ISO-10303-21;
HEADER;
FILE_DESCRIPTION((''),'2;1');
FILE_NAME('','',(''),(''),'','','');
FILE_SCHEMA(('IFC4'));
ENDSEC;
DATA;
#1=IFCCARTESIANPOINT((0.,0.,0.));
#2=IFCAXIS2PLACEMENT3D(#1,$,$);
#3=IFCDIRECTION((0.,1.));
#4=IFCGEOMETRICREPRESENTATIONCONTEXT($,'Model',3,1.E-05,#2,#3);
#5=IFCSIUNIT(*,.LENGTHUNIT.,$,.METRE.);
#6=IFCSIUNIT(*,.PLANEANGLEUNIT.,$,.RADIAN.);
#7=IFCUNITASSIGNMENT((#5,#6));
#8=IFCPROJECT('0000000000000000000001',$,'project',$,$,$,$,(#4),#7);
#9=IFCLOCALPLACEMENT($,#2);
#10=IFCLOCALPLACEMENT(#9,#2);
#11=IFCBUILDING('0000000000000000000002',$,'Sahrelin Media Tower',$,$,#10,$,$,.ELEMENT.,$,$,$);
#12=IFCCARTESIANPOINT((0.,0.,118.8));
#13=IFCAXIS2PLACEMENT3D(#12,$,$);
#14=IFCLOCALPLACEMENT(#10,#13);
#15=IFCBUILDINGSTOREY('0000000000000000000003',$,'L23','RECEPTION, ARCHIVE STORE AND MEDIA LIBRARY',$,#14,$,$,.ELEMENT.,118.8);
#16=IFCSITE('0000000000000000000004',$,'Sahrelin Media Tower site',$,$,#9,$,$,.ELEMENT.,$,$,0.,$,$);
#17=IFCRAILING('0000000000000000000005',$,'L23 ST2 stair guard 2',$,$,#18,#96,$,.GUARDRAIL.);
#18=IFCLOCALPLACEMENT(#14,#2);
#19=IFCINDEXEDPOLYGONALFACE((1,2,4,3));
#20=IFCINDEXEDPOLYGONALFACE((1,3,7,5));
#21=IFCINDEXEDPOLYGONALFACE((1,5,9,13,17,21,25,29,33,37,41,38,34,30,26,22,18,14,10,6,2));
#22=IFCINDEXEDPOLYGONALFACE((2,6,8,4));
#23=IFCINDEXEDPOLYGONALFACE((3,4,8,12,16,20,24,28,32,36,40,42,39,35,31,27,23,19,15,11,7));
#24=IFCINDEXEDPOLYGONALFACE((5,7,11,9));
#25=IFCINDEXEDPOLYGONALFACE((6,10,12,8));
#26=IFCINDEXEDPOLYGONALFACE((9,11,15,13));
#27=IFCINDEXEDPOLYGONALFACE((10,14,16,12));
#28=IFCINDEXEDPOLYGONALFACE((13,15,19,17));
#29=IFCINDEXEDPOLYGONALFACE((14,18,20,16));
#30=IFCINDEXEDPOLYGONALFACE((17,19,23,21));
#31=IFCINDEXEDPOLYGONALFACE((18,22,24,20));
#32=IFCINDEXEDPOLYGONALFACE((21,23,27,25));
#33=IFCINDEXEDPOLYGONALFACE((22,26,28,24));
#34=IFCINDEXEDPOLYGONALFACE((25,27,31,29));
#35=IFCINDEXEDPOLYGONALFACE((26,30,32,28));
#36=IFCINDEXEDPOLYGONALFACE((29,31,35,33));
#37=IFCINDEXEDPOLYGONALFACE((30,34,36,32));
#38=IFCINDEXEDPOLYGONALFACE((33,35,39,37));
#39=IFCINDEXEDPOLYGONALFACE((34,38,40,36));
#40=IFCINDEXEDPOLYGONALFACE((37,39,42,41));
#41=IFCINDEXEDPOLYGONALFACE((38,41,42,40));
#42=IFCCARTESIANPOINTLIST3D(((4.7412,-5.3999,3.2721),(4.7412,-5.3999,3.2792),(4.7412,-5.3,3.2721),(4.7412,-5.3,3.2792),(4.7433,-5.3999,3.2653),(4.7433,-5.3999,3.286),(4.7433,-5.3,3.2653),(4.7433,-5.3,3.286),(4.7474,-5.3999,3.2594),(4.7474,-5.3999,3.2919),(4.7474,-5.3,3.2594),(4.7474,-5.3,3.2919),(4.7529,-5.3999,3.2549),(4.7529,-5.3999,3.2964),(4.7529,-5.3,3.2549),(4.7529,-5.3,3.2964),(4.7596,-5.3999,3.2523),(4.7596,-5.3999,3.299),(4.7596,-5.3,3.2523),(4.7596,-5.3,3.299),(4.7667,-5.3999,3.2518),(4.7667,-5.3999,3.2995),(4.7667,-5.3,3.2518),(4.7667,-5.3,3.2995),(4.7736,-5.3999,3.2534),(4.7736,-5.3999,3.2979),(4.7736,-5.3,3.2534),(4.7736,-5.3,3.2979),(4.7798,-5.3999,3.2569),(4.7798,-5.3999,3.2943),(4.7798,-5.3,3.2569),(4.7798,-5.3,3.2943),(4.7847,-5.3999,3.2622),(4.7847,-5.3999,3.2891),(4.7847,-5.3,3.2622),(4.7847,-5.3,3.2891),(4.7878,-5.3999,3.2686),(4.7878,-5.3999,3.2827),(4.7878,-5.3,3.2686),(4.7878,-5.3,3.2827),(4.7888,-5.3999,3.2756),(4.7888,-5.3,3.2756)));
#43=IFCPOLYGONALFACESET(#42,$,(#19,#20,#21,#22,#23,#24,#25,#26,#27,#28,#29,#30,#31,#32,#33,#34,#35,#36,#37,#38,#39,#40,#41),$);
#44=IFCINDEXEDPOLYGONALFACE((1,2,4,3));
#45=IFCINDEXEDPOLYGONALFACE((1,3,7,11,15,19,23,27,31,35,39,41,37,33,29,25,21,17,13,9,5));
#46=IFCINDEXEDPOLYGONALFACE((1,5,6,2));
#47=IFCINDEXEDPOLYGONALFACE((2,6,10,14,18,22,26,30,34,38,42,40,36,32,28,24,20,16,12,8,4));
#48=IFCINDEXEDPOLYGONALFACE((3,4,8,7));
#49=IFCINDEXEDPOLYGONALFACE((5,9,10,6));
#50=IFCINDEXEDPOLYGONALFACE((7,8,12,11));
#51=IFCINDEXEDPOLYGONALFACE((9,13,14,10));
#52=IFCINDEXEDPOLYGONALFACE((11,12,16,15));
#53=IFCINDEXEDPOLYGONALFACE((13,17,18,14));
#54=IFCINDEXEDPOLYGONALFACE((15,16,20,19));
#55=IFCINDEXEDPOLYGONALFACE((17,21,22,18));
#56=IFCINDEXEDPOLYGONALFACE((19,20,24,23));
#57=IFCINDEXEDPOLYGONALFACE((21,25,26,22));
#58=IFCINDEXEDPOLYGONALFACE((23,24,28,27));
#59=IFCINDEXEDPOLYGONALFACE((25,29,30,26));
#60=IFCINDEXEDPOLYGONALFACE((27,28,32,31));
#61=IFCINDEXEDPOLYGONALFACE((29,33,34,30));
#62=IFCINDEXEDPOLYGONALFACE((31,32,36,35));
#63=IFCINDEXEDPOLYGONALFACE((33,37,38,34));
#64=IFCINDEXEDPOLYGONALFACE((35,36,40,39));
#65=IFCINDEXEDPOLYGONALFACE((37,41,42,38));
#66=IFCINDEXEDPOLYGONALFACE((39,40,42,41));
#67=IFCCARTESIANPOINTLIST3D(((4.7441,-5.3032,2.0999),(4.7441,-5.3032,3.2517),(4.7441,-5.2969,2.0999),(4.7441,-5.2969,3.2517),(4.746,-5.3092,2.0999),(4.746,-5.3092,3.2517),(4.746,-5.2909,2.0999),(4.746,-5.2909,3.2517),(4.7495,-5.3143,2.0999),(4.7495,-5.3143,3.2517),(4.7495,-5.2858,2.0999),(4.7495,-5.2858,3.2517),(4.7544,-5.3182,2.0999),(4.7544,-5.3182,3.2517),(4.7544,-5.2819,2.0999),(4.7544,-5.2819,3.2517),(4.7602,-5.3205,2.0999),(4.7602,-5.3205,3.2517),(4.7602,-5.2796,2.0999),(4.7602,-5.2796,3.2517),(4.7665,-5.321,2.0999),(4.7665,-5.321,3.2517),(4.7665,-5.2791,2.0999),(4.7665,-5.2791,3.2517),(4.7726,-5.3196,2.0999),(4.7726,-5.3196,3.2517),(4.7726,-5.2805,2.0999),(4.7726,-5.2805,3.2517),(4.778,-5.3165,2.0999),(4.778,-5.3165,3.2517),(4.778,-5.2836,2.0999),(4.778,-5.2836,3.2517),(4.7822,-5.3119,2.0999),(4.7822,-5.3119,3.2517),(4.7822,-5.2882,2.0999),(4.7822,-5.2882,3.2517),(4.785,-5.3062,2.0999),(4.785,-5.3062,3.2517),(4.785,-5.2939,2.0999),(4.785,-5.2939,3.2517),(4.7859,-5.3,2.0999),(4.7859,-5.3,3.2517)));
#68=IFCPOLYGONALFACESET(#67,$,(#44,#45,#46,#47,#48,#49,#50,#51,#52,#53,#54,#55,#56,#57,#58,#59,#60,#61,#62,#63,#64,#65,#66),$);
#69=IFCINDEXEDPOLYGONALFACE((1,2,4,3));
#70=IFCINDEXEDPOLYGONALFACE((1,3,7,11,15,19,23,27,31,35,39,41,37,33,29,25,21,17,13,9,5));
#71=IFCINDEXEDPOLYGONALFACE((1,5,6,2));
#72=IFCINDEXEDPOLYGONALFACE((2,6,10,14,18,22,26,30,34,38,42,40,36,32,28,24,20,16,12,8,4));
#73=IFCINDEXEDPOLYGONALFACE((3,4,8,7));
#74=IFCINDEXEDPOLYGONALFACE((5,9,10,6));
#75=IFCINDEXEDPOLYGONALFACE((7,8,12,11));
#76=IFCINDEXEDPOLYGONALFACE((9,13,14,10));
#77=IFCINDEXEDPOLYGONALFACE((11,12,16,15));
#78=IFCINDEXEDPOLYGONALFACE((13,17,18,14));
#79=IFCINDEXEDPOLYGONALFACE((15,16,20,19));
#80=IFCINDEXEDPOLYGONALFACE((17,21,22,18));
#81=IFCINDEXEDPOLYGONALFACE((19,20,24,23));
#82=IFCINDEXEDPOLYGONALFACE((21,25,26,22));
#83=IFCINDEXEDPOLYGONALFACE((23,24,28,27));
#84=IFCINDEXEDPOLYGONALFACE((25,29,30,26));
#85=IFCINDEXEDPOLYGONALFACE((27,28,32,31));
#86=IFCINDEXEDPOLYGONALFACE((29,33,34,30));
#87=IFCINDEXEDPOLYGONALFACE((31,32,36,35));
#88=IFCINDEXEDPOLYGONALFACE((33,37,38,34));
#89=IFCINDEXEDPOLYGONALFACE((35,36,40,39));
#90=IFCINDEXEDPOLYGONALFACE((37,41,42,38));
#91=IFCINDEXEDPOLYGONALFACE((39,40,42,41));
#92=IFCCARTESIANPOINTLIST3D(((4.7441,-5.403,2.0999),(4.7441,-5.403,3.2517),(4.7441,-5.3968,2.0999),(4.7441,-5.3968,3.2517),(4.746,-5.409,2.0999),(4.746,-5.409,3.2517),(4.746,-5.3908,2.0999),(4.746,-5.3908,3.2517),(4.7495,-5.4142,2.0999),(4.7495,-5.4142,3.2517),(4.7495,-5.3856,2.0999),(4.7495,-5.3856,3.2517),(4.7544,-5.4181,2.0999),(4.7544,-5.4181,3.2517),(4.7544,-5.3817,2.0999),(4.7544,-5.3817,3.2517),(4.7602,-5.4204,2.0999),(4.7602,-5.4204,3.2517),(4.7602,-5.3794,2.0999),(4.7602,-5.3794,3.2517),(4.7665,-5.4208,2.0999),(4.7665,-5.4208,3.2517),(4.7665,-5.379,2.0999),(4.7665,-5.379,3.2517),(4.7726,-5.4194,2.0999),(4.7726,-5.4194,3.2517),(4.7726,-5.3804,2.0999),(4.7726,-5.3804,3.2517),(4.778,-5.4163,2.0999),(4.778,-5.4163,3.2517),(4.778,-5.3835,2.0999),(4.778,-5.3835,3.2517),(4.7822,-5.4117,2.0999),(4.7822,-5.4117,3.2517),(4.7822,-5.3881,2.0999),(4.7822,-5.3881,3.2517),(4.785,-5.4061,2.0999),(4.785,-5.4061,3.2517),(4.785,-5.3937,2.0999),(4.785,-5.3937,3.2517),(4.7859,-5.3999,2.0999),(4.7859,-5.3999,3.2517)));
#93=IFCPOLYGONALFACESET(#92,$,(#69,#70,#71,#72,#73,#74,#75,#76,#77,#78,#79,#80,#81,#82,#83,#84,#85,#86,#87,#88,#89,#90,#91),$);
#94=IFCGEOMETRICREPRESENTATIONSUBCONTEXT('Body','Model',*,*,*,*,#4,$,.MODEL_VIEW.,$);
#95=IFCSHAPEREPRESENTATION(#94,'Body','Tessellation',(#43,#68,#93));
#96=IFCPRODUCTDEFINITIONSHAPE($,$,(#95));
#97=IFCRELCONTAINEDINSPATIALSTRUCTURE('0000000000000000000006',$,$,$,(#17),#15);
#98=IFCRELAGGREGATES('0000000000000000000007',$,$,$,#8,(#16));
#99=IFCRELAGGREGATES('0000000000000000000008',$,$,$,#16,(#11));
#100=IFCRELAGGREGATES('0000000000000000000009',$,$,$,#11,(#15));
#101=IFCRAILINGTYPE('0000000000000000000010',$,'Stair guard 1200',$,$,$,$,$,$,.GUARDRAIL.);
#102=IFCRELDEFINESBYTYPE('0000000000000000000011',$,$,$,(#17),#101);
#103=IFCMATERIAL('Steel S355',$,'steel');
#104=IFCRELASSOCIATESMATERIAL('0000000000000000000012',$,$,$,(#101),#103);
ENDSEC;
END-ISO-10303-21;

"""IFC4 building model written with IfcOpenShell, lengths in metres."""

from ifc_helpers import new_model, si_unit, direction, frame, origin, origin_2d, place, context, subcontext, project, spatial, circle, extrude, material, type_object, element, save


model = new_model("IFC4")

# Units and contexts
model_context = context("Model", 3, precision=1e-05, world=origin(), true_north=direction((0.0, 1.0)))
body_context = subcontext(model_context, "Body", "Model", "MODEL_VIEW")
ifc_project = project(units=[si_unit("LENGTHUNIT", "METRE"), si_unit("PLANEANGLEUNIT", "RADIAN")], contexts=[model_context])

# Site, building, storey
site_placement = place(None, origin())
site = spatial("IfcSite", under=ifc_project, at=site_placement, Name="Sahrelin Media Tower site", CompositionType="ELEMENT", RefElevation=0.0)
building_placement = place(site_placement, origin())
building = spatial("IfcBuilding", under=site, at=building_placement, Name="Sahrelin Media Tower", CompositionType="ELEMENT")
storey_placement = place(building_placement, frame((0.0, 0.0, 118.8)))
storey = spatial("IfcBuildingStorey", under=building, at=storey_placement, Name="L23", Description="RECEPTION, ARCHIVE STORE AND MEDIA LIBRARY", CompositionType="ELEMENT", Elevation=118.8)

# Shared definitions
ifc_material_1 = material(Name="Steel S355", Category="steel")

# Railing
railing_type_1 = type_object("IfcRailingType", Name="Stair guard 1200", PredefinedType="GUARDRAIL", material=ifc_material_1)
railing_1_placement = place(storey_placement, frame((4.7649, -5.3, 2.0999)))
element("IfcRailing", 1, at=railing_1_placement, inside=storey, type_object=railing_type_1, Name="L23 ST2 stair guard 2", PredefinedType="GUARDRAIL", context=body_context, shape_type="SweptSolid", body=[
    extrude(circle(Radius=0.0239, at=origin_2d()), frame((0.0, 0.0, 1.1758), z_axis=(0.0, -1.0, 0.0), x_axis=(1.0, 0.0, 0.0)), (0.0, 0.0, 1.0), 0.0999),
    extrude(circle(Radius=0.021, at=origin_2d()), origin(), (0.0, 0.0, 1.0), 1.1519),
    extrude(circle(Radius=0.021, at=origin_2d()), frame((0.0, -0.0999, 0.0)), (0.0, 0.0, 1.0), 1.1519),
])

save(model, "model.ifc")
